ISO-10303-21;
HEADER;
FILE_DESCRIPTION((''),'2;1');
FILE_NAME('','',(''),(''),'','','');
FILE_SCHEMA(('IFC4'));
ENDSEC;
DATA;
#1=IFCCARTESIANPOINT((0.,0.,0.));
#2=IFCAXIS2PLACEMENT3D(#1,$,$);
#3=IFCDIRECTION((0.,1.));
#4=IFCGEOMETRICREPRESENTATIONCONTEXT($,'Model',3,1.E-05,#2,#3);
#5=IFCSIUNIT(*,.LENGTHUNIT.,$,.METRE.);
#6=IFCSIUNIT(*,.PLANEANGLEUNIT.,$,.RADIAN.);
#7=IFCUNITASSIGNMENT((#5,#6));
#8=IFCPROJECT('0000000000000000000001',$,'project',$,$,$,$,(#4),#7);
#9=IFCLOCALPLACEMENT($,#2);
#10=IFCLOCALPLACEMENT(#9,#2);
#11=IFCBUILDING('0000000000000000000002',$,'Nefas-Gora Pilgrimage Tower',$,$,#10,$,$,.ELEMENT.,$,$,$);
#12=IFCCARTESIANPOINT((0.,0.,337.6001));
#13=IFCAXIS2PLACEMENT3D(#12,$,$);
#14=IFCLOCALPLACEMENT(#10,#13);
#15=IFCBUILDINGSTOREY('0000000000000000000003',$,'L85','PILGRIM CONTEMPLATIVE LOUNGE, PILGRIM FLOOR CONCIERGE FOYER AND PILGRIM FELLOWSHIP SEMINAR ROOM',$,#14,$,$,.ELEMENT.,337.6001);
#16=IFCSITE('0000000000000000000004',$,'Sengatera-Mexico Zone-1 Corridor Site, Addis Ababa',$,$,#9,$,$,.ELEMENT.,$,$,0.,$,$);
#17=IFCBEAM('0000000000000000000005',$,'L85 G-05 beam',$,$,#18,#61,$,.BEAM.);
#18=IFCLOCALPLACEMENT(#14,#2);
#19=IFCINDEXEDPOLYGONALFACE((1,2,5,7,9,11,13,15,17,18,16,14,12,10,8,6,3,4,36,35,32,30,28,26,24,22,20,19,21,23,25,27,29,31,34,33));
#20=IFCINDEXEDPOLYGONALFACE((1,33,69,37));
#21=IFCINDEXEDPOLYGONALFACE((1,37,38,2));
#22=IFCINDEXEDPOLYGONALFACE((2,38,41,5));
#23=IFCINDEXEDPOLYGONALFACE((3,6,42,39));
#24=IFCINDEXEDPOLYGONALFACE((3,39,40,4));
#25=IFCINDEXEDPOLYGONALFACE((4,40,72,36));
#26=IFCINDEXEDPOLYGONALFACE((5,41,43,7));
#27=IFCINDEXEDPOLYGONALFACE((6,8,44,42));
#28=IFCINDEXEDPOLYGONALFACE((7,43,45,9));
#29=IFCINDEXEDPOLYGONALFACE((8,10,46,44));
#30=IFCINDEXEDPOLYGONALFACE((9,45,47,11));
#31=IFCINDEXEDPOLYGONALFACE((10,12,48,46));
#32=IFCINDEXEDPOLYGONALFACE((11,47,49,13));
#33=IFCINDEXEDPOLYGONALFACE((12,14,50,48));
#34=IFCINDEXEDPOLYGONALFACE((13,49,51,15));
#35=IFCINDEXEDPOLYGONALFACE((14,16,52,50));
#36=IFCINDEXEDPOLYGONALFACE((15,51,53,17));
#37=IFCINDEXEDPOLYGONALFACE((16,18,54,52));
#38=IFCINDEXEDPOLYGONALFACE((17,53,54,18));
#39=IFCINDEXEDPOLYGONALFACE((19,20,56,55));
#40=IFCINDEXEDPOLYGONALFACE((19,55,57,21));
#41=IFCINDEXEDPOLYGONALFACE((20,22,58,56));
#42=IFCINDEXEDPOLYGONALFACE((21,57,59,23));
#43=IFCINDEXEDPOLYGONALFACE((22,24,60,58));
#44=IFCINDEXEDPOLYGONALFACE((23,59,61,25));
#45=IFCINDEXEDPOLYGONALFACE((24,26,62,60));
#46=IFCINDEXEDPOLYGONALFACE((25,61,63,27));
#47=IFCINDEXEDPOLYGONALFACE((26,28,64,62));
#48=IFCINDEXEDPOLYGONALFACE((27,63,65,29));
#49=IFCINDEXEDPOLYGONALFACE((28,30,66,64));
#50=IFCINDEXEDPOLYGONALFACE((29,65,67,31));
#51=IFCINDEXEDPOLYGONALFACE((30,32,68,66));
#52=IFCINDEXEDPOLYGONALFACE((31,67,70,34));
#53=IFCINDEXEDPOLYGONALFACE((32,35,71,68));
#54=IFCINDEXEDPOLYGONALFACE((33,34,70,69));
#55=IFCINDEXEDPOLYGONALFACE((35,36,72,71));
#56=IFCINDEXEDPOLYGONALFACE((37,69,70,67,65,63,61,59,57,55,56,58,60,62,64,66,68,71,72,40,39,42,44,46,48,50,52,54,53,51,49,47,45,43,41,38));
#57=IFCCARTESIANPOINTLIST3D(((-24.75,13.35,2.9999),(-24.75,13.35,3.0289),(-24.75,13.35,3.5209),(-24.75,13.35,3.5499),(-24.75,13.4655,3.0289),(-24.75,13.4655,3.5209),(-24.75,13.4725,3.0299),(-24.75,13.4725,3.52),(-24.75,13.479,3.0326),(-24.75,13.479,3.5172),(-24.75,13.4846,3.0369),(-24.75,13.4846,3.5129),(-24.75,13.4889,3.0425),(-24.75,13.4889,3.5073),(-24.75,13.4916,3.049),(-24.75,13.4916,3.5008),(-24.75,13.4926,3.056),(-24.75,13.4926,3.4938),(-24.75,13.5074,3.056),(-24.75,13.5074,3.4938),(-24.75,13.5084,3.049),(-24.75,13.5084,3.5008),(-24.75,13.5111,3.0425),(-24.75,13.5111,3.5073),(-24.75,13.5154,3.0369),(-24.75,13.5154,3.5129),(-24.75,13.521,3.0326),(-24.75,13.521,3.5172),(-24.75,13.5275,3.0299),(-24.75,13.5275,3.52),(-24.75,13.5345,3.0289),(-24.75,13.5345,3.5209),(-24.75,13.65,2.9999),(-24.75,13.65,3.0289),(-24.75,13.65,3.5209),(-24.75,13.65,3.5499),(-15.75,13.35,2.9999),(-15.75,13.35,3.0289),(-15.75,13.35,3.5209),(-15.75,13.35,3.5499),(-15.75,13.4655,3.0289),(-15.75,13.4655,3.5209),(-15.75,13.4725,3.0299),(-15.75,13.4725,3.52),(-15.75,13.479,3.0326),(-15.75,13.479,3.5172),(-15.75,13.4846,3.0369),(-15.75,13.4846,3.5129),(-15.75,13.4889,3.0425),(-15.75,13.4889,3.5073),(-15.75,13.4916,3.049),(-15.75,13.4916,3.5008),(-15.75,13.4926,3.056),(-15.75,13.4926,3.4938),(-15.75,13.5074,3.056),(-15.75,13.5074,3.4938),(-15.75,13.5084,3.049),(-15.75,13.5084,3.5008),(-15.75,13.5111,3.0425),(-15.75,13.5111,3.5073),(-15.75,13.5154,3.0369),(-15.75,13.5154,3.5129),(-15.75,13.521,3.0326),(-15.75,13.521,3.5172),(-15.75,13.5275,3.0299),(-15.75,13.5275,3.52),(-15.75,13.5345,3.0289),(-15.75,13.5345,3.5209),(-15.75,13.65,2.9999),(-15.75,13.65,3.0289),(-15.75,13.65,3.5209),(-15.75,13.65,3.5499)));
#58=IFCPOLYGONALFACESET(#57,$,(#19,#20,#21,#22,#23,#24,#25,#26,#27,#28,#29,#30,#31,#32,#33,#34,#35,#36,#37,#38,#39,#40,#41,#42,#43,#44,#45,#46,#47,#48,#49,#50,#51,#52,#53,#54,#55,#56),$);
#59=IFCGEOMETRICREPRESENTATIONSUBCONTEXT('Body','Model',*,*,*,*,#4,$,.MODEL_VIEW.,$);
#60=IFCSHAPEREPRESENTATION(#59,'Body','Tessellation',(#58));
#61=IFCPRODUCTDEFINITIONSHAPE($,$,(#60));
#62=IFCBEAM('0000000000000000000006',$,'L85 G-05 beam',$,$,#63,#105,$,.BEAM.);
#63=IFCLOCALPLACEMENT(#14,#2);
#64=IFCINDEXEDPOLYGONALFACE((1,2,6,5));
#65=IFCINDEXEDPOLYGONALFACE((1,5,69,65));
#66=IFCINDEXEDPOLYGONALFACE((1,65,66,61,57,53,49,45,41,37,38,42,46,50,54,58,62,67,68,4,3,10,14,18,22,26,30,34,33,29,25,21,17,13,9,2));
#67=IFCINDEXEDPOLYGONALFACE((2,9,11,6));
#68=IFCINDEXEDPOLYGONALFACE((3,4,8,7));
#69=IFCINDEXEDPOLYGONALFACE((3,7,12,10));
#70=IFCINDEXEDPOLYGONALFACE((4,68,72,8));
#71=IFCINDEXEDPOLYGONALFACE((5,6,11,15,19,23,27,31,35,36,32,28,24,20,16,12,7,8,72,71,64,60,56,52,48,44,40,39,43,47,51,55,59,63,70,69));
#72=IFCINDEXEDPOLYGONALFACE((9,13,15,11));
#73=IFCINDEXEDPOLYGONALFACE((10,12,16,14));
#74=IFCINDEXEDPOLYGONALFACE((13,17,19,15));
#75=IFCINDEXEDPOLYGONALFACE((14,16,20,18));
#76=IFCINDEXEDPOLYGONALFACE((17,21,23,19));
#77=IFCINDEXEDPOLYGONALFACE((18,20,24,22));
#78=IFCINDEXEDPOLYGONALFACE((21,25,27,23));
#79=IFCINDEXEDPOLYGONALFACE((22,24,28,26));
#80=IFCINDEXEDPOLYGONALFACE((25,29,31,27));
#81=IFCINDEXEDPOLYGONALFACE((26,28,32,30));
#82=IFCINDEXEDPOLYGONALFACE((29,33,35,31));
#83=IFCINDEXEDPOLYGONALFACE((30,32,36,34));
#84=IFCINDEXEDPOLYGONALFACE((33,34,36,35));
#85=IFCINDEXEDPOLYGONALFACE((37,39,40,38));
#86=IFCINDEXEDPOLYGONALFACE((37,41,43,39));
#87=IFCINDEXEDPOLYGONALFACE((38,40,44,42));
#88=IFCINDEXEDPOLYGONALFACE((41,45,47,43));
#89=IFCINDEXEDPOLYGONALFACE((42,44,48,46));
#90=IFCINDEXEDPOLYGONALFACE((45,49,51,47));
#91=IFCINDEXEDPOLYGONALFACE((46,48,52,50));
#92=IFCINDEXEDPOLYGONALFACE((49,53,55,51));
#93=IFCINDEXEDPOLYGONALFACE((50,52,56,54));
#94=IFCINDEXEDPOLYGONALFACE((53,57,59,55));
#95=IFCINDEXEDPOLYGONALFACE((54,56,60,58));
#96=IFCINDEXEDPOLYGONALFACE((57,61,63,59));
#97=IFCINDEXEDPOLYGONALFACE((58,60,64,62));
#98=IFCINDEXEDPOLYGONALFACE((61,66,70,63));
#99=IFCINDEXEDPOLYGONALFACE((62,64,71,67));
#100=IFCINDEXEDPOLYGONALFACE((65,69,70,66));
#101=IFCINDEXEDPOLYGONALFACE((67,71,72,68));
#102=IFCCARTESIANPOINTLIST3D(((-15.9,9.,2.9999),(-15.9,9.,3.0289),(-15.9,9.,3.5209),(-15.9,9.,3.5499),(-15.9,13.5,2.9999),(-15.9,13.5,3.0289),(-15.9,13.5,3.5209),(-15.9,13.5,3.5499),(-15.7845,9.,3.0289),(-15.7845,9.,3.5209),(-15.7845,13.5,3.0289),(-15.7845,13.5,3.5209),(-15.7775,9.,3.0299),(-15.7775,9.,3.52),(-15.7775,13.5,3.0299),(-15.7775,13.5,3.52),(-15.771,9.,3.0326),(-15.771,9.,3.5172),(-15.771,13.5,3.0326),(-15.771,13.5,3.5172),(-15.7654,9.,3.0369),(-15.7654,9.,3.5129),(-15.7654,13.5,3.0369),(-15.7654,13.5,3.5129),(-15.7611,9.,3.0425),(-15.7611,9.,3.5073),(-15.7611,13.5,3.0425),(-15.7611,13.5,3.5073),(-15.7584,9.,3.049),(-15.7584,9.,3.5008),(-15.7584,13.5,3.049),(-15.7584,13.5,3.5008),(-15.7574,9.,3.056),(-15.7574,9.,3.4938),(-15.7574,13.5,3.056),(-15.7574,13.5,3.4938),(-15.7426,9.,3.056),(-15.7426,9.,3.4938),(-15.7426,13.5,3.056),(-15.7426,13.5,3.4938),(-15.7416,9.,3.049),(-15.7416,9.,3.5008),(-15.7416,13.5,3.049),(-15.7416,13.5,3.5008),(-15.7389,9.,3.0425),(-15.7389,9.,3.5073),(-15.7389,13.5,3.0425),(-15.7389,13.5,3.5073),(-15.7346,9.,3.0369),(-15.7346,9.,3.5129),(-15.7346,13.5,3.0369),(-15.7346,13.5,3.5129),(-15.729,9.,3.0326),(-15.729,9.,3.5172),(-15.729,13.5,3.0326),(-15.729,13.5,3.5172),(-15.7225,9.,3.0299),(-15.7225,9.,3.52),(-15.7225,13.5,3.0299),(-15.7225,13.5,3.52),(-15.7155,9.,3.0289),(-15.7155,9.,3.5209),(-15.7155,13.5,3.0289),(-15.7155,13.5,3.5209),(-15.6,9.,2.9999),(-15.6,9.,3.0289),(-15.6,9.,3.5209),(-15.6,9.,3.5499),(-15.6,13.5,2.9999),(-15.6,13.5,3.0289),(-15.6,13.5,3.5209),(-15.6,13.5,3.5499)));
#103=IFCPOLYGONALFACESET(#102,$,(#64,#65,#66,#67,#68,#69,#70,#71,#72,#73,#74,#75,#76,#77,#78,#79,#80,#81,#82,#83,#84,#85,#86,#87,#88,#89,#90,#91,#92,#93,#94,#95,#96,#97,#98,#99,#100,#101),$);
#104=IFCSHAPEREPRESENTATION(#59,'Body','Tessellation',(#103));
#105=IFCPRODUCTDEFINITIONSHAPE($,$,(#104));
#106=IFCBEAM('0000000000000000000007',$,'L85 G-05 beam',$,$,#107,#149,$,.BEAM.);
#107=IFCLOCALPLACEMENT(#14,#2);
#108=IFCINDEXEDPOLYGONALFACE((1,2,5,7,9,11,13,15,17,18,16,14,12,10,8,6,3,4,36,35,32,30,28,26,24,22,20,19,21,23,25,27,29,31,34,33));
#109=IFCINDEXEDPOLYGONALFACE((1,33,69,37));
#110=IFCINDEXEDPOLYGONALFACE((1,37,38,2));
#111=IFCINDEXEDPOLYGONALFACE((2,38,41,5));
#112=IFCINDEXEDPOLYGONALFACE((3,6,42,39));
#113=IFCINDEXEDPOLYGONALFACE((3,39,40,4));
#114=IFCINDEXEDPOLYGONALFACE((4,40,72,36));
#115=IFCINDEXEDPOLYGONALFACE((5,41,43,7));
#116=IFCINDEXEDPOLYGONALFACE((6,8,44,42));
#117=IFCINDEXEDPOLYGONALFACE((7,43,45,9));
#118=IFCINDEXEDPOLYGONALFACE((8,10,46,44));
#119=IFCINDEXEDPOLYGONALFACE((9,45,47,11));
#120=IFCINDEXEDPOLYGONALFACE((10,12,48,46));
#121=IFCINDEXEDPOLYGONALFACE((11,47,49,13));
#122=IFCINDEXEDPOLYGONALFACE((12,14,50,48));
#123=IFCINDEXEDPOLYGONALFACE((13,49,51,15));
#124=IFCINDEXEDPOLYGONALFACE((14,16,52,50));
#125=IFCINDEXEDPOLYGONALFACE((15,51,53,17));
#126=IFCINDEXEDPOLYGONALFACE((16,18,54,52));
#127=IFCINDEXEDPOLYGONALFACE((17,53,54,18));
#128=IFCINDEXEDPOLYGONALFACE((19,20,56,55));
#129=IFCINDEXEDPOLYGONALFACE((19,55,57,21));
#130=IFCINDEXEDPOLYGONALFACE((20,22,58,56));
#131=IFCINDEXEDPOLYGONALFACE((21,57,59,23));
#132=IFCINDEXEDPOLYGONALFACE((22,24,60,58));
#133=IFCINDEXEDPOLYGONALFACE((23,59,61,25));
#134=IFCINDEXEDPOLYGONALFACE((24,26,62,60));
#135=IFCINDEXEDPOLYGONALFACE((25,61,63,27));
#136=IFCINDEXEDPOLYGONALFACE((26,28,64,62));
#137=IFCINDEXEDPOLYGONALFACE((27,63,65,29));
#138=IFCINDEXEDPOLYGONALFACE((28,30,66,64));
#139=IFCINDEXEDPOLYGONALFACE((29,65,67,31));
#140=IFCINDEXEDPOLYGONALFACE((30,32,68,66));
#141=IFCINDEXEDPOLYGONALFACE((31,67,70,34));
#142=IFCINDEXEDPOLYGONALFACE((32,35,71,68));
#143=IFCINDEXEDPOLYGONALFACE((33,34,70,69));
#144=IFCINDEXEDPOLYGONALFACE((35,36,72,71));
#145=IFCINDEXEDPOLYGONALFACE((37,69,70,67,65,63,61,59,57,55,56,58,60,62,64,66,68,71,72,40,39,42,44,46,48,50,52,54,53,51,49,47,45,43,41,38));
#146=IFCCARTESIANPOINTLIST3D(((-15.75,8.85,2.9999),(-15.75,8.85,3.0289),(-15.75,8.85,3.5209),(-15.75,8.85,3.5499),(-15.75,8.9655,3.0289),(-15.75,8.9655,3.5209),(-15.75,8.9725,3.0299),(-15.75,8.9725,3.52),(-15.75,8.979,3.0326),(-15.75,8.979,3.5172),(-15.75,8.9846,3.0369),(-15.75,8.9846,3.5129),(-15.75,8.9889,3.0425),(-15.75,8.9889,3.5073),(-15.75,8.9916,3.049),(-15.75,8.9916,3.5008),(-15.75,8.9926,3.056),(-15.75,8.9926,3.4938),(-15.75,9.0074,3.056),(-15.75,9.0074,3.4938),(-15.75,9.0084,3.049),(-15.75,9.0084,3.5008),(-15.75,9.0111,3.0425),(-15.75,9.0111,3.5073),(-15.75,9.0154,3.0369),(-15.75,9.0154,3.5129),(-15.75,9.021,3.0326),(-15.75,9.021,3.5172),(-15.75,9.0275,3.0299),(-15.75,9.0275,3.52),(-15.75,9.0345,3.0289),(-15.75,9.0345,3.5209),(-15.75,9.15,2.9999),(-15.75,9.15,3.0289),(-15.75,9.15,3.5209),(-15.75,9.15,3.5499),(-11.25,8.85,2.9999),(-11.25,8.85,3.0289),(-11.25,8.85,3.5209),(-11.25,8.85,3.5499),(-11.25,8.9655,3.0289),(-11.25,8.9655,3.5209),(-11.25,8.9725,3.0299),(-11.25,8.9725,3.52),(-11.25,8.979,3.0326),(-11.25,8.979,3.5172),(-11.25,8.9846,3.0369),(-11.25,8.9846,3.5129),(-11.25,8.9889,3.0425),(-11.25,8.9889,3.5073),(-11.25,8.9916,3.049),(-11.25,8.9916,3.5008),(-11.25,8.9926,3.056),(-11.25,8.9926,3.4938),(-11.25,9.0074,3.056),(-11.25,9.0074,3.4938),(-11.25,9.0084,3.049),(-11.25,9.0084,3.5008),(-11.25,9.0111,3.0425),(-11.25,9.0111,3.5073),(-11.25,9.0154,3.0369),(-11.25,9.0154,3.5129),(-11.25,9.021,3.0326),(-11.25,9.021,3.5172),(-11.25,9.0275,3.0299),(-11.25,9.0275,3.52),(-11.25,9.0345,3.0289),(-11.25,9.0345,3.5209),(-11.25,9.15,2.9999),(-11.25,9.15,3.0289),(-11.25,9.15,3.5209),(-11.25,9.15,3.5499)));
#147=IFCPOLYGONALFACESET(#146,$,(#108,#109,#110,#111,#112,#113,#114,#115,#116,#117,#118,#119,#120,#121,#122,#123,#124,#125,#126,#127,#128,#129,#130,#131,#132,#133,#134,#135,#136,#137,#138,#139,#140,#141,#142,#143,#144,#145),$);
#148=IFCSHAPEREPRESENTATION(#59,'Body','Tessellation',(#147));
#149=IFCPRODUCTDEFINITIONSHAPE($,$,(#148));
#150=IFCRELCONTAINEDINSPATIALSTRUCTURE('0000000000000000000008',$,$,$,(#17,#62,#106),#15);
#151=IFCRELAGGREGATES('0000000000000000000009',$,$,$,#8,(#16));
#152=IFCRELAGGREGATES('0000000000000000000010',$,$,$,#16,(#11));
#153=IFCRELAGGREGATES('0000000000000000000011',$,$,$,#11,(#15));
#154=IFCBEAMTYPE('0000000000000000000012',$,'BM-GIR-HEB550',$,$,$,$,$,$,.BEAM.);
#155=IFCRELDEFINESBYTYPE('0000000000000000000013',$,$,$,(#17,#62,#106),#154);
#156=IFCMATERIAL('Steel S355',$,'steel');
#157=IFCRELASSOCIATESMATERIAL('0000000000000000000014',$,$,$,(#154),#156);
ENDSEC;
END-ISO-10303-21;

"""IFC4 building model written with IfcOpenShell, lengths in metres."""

from ifc_helpers import new_model, si_unit, direction, frame, origin, origin_2d, place, context, subcontext, project, spatial, i_section, extrude, source, transform, mapped, material, material_profile, profile_set, type_object, element, save


model = new_model("IFC4")

# Units and contexts
model_context = context("Model", 3, precision=1e-05, world=origin(), true_north=direction((0.0, 1.0)))
body_context = subcontext(model_context, "Body", "Model", "MODEL_VIEW")
ifc_project = project(units=[si_unit("LENGTHUNIT", "METRE"), si_unit("PLANEANGLEUNIT", "RADIAN")], contexts=[model_context])

# Site, building, storey
site_placement = place(None, origin())
site = spatial("IfcSite", under=ifc_project, at=site_placement, Name="Sengatera-Mexico Zone-1 Corridor Site, Addis Ababa", CompositionType="ELEMENT", RefElevation=0.0)
building_placement = place(site_placement, origin())
building = spatial("IfcBuilding", under=site, at=building_placement, Name="Nefas-Gora Pilgrimage Tower", CompositionType="ELEMENT")
storey_placement = place(building_placement, frame((0.0, 0.0, 337.6001)))
storey = spatial("IfcBuildingStorey", under=building, at=storey_placement, Name="L85", Description="PILGRIM CONTEMPLATIVE LOUNGE, PILGRIM FLOOR CONCIERGE FOYER AND PILGRIM FELLOWSHIP SEMINAR ROOM", CompositionType="ELEMENT", Elevation=337.6001)

# Shared definitions
ifc_material_1 = material(Name="Steel S355", Category="steel")

# Beams
ifc_material_profile_1 = material_profile(ifc_material_1, i_section(OverallWidth=0.3, OverallDepth=0.55, WebThickness=0.0149, FlangeThickness=0.0291, FilletRadius=0.0271, at=origin_2d()), Name="HEB 550")
ifc_profile_set_1 = profile_set([ifc_material_profile_1], Name="Steel S355")
beam_type_1 = type_object("IfcBeamType", Name="BM-GIR-HEB550", PredefinedType="BEAM", material=ifc_profile_set_1)
shared_shape_1 = source(origin(), body_context, "Body", "SweptSolid", [
    extrude(i_section(OverallWidth=0.3, OverallDepth=0.55, WebThickness=0.0149, FlangeThickness=0.0291, FilletRadius=0.0271, at=origin_2d()), origin(), (0.0, 0.0, 1.0), 9.0),
])
for number, where, z_axis, x_axis, name in (
    (1, (-24.75, 13.5, 3.2749), (1.0, 0.0, 0.0), (0.0, 1.0, 0.0), "L85 G-05 beam"),
):
    element("IfcBeam", number, at=place(storey_placement, frame(where, z_axis=z_axis, x_axis=x_axis)), inside=storey, type_object=beam_type_1, Name=name, PredefinedType="BEAM", context=body_context, shape_type="MappedRepresentation", body=[
        mapped(shared_shape_1, transform((0.0, 0.0, 0.0), x_axis=(1.0, 0.0, 0.0), y_axis=(0.0, 1.0, 0.0), z_axis=(0.0, 0.0, 1.0), scale=1.0)),
    ])
shared_shape_2 = source(origin(), body_context, "Body", "SweptSolid", [
    extrude(i_section(OverallWidth=0.3, OverallDepth=0.55, WebThickness=0.0149, FlangeThickness=0.0291, FilletRadius=0.0271, at=origin_2d()), origin(), (0.0, 0.0, 1.0), 4.5),
])
for number, where, z_axis, x_axis, name in (
    (2, (-15.75, 9.0, 3.2749), (0.0, 1.0, 0.0), (-1.0, 0.0, 0.0), "L85 G-05 beam"),
    (3, (-15.75, 9.0, 3.2749), (1.0, 0.0, 0.0), (0.0, 1.0, 0.0), "L85 G-05 beam"),
):
    element("IfcBeam", number, at=place(storey_placement, frame(where, z_axis=z_axis, x_axis=x_axis)), inside=storey, type_object=beam_type_1, Name=name, PredefinedType="BEAM", context=body_context, shape_type="MappedRepresentation", body=[
        mapped(shared_shape_2, transform((0.0, 0.0, 0.0), x_axis=(1.0, 0.0, 0.0), y_axis=(0.0, 1.0, 0.0), z_axis=(0.0, 0.0, 1.0), scale=1.0)),
    ])

save(model, "model.ifc")
